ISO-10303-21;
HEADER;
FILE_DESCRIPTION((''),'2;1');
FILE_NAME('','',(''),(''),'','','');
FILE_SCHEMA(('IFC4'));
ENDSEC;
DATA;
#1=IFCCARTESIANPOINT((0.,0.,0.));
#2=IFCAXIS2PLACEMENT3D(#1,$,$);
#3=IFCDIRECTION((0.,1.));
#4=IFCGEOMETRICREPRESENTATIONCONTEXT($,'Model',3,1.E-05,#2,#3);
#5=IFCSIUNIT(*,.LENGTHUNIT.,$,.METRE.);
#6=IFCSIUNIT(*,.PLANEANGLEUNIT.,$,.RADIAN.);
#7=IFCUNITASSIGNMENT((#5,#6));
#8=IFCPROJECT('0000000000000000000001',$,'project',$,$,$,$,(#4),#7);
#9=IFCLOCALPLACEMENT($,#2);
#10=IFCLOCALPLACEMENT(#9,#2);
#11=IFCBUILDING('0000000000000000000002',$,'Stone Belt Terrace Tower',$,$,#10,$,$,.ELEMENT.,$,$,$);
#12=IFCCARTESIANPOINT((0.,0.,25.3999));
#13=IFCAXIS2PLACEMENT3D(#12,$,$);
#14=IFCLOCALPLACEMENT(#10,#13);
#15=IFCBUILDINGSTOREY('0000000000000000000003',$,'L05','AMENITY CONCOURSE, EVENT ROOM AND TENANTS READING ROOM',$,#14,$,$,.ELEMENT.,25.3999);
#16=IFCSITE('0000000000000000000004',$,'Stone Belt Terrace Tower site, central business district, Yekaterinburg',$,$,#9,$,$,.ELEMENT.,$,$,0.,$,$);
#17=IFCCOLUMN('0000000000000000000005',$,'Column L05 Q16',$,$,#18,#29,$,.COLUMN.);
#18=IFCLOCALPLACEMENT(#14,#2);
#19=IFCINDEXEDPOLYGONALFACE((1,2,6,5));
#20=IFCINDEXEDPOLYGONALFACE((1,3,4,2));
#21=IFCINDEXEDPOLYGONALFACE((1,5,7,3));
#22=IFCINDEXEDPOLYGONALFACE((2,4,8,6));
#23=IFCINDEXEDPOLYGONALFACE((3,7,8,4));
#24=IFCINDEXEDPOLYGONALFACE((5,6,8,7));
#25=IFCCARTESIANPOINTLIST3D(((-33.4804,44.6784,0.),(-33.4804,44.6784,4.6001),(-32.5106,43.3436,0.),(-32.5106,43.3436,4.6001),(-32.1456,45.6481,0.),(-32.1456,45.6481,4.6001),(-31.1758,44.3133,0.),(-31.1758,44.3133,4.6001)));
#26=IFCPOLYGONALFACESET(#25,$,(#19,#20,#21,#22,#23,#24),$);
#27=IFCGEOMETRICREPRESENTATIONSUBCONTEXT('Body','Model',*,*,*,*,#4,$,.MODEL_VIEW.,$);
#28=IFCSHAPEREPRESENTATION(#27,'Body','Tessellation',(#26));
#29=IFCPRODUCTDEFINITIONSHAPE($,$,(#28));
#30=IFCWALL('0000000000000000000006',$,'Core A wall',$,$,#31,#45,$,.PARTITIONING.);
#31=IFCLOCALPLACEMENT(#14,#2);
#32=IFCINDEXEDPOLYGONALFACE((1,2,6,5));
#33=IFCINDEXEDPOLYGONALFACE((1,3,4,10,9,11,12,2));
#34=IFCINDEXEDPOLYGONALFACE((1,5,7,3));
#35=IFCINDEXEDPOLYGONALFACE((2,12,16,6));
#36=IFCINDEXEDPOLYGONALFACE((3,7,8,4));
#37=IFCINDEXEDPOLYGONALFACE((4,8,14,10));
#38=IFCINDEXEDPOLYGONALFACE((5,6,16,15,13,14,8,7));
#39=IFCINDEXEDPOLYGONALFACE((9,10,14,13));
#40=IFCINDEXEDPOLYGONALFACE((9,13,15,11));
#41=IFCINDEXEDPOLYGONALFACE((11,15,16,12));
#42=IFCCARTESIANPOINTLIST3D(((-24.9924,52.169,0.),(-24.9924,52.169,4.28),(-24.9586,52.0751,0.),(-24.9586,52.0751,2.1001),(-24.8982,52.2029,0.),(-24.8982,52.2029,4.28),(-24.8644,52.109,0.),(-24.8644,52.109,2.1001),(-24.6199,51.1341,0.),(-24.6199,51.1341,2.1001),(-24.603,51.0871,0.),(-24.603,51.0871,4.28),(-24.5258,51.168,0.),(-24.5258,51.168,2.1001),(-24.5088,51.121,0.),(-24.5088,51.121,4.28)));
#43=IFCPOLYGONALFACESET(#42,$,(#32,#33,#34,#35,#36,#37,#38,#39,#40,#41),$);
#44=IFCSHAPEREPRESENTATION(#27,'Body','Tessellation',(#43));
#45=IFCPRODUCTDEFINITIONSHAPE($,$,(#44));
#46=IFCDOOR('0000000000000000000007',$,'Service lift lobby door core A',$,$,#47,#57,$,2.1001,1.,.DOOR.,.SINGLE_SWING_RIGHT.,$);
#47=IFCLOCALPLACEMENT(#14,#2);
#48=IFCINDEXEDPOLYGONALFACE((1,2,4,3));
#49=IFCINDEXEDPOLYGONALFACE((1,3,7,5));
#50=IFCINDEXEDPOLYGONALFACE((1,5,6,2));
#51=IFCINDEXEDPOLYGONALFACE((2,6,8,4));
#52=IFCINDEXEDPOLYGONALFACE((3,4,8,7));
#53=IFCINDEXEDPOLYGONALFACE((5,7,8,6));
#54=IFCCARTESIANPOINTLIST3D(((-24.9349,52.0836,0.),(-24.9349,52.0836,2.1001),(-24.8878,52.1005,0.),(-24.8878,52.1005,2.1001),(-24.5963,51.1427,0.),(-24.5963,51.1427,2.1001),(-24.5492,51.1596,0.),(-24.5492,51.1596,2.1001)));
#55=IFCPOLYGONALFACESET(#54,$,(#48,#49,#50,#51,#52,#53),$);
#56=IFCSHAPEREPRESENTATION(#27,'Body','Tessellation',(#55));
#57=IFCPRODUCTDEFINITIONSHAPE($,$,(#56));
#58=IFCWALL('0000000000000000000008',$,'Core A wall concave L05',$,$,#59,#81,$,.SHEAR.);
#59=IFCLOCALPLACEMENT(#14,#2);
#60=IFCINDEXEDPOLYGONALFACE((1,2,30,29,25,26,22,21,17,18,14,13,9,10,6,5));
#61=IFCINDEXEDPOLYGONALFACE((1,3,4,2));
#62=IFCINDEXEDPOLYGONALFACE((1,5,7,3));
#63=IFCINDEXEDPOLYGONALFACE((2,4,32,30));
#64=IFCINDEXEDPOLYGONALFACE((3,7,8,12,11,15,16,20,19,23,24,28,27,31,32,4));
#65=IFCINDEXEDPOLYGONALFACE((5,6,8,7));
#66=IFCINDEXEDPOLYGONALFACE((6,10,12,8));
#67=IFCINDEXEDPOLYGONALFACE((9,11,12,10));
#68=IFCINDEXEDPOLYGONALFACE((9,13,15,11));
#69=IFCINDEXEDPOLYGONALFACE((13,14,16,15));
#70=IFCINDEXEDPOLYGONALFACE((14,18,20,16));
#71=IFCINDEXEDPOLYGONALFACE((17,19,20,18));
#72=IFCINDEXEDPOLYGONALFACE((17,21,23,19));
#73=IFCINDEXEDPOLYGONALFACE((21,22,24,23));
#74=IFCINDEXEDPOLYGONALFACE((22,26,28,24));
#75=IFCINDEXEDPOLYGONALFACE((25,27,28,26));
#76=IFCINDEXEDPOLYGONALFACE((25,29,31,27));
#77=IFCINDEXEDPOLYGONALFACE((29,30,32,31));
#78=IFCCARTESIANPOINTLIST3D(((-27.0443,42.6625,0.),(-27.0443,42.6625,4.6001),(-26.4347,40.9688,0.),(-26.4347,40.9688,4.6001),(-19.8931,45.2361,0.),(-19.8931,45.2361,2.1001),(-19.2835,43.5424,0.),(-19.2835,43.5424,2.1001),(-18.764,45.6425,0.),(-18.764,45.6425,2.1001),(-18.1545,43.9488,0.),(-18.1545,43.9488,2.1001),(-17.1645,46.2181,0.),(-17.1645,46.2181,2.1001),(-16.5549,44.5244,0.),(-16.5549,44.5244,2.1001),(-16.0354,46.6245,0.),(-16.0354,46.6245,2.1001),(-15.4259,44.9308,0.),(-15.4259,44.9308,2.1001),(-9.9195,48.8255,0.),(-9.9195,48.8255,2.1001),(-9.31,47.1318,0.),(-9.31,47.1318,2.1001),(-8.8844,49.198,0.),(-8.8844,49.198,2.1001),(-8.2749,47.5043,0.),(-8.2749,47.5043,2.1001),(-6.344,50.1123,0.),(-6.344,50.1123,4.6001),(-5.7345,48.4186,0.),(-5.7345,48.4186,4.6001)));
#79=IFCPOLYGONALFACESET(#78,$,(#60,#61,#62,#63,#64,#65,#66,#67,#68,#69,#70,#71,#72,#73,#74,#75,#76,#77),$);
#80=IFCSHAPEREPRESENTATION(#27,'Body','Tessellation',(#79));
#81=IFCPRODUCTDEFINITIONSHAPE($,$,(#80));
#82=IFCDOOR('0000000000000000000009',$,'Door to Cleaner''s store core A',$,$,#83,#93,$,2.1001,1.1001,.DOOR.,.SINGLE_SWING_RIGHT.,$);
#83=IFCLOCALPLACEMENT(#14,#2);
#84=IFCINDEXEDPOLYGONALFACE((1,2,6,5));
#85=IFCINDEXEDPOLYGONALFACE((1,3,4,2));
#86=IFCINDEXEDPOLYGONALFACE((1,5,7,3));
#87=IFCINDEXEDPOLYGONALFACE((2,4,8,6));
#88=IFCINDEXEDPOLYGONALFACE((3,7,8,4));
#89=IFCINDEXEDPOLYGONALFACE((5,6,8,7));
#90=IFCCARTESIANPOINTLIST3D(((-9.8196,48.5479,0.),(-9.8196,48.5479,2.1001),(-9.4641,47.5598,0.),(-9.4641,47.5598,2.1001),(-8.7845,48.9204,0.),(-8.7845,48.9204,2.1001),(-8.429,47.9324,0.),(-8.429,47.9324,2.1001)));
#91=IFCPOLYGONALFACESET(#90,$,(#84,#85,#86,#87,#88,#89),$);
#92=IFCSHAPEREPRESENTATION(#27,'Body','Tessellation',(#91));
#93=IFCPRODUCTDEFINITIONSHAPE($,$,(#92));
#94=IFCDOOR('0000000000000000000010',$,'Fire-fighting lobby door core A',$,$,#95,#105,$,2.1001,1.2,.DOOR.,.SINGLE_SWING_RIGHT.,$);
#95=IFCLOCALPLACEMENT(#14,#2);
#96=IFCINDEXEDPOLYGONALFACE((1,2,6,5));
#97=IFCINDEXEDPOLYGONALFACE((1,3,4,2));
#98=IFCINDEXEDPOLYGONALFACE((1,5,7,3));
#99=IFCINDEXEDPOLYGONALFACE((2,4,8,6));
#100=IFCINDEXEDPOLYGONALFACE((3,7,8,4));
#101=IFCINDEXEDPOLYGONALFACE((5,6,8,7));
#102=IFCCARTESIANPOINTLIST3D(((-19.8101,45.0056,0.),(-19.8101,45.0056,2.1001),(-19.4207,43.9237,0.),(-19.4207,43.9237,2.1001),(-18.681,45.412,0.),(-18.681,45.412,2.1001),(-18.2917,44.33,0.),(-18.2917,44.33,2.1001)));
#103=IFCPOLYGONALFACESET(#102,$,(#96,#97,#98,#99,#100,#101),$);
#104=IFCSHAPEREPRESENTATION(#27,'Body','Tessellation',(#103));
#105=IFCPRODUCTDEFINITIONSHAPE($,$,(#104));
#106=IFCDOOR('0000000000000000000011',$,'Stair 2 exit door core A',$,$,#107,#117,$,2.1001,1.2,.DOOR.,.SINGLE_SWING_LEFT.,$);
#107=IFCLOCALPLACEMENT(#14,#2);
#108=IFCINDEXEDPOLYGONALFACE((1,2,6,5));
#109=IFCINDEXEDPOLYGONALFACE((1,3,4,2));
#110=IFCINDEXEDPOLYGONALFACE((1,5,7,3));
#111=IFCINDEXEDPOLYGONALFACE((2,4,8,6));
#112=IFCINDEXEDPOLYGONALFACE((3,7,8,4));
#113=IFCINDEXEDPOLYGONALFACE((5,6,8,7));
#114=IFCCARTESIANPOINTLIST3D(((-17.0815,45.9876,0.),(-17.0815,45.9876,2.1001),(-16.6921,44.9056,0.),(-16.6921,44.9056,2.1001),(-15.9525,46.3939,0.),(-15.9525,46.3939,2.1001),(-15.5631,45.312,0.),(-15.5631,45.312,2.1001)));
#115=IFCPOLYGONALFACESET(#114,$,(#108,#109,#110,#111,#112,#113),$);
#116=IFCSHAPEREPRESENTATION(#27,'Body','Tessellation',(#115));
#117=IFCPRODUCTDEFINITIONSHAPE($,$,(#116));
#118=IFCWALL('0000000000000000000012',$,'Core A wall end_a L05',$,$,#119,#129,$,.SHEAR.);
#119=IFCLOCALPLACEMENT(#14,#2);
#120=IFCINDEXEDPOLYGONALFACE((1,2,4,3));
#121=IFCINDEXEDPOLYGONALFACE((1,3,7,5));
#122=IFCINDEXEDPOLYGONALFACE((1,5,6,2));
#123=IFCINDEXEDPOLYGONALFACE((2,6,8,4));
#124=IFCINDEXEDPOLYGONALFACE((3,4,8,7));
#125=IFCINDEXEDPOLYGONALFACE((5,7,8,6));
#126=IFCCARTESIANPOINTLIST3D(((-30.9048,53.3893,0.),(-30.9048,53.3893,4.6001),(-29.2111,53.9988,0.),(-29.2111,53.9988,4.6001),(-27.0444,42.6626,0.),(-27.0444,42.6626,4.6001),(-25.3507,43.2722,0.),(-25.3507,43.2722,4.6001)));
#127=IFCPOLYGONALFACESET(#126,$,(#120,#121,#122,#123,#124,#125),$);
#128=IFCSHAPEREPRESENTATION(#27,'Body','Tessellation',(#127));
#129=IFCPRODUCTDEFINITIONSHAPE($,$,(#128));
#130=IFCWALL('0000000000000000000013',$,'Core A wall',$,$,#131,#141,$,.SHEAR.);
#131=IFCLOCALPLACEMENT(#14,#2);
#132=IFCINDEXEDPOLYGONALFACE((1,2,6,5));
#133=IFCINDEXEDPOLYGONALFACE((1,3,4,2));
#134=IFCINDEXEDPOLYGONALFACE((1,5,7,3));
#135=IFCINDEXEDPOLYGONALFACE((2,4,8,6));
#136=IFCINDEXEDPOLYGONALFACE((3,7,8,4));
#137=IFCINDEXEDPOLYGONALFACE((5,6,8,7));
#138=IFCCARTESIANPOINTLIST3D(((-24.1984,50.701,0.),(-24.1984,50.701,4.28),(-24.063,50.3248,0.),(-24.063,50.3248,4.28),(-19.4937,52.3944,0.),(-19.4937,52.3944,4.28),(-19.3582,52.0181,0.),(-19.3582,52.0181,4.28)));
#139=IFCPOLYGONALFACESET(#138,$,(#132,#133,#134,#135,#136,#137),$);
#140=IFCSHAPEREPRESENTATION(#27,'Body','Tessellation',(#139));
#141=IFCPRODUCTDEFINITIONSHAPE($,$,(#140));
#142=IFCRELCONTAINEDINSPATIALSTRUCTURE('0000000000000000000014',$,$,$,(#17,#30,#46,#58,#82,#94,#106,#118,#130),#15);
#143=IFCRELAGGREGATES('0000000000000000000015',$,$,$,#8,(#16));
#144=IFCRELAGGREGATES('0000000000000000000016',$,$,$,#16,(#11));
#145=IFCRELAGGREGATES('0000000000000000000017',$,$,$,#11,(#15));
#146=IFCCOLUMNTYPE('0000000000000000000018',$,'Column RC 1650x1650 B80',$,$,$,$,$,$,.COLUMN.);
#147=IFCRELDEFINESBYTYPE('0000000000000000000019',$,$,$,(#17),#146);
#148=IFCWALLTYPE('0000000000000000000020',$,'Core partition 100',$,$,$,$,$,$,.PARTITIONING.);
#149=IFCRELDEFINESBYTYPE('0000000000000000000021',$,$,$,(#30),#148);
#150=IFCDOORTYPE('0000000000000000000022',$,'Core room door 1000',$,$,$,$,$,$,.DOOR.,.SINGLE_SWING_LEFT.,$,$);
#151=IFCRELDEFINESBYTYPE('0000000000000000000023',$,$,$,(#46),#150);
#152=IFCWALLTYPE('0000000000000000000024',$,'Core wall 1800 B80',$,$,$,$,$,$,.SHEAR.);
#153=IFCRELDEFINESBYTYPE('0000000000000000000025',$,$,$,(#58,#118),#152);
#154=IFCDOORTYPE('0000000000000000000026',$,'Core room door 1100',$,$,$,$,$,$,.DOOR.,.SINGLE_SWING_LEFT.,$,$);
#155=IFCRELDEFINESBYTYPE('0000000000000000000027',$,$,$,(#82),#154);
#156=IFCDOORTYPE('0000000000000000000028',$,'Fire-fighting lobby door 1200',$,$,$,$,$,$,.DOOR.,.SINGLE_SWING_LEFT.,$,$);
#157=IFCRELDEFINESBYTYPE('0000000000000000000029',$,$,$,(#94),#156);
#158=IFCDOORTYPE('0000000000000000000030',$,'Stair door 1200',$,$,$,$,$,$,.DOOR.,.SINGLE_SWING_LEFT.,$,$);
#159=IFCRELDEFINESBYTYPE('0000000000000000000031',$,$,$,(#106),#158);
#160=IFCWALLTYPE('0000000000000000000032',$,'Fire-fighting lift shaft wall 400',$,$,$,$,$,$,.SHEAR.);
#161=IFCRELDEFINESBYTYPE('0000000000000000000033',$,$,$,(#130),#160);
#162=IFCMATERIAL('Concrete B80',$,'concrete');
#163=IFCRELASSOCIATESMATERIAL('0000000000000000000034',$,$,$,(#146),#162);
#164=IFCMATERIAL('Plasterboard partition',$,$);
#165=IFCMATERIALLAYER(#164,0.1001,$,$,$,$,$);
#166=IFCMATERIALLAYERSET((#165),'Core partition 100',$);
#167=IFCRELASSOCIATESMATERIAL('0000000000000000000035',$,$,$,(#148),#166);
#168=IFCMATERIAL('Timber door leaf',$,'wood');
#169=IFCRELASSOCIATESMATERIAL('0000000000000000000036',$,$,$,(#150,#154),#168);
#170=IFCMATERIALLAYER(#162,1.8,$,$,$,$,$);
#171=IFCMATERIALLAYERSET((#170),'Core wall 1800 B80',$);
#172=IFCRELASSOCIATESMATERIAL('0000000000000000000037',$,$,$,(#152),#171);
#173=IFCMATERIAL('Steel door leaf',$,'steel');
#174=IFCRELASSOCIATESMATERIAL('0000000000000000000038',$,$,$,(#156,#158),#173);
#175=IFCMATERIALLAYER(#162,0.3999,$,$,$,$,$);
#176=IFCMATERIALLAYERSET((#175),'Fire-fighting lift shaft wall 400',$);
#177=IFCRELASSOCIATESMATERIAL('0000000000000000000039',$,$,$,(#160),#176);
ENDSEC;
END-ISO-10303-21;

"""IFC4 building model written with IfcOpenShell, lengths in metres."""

from ifc_helpers import new_model, si_unit, direction, frame, frame_2d, origin, origin_2d, place, context, subcontext, project, spatial, rectangle, extrude, material, layer, layer_set, material_profile, profile_set, type_object, element, fill, save


model = new_model("IFC4")

# Units and contexts
model_context = context("Model", 3, precision=1e-05, world=origin(), true_north=direction((0.0, 1.0)))
body_context = subcontext(model_context, "Body", "Model", "MODEL_VIEW")
ifc_project = project(units=[si_unit("LENGTHUNIT", "METRE"), si_unit("PLANEANGLEUNIT", "RADIAN")], contexts=[model_context])

# Site, building, storey
site_placement = place(None, origin())
site = spatial("IfcSite", under=ifc_project, at=site_placement, Name="Stone Belt Terrace Tower site, central business district, Yekaterinburg", CompositionType="ELEMENT", RefElevation=0.0)
building_placement = place(site_placement, origin())
building = spatial("IfcBuilding", under=site, at=building_placement, Name="Stone Belt Terrace Tower", CompositionType="ELEMENT")
storey_placement = place(building_placement, frame((0.0, 0.0, 25.3999)))
storey = spatial("IfcBuildingStorey", under=building, at=storey_placement, Name="L05", Description="AMENITY CONCOURSE, EVENT ROOM AND TENANTS READING ROOM", CompositionType="ELEMENT", Elevation=25.3999)

# Column
ifc_material_1 = material(Name="Concrete B80", Category="concrete")
ifc_material_profile = material_profile(ifc_material_1, rectangle(XDim=1.6499, YDim=1.6499, at=origin_2d()), Name="RC 1650x1650")
ifc_profile_set = profile_set([ifc_material_profile], Name="Concrete B80")
column_type = type_object("IfcColumnType", Name="Column RC 1650x1650 B80", PredefinedType="COLUMN", material=ifc_profile_set)
column_placement = place(storey_placement, frame((-32.3281, 44.4958, 0.0), z_axis=(0.0, 0.0, 1.0), x_axis=(0.809017, 0.587785, 0.0)))
element("IfcColumn", 1, at=column_placement, inside=storey, type_object=column_type, Name="Column L05 Q16", PredefinedType="COLUMN", context=body_context, shape_type="SweptSolid", body=[
    extrude(rectangle(XDim=1.6499, YDim=1.6499, at=origin_2d()), origin(), (0.0, 0.0, 1.0), 4.6001),
])

# Wall, opening, door
ifc_material_2 = material(Name="Plasterboard partition")
ifc_layer_1 = layer(ifc_material_2, 0.1001)
ifc_layer_set_1 = layer_set([ifc_layer_1], Name="Core partition 100")
wall_type_1 = type_object("IfcWallType", Name="Core partition 100", PredefinedType="PARTITIONING", material=ifc_layer_set_1)
wall_1_placement = place(storey_placement, frame((-24.5559, 51.104, 0.0), z_axis=(0.0, 0.0, 1.0), x_axis=(-0.338622, 0.940923, 0.0)))
wall_1 = element("IfcWall", 2, at=wall_1_placement, inside=storey, type_object=wall_type_1, Name="Core A wall", PredefinedType="PARTITIONING", context=body_context, shape_type="SweptSolid", body=[
    extrude(rectangle(XDim=1.1499, YDim=0.1001, at=frame_2d((0.575, 0.0))), origin(), (0.0, 0.0, 1.0), 4.28),
])
opening_1_placement = place(wall_1_placement, frame((0.05, 0.0, 0.0)))
opening_1 = element("IfcOpeningElement", 3, at=opening_1_placement, cuts=wall_1, PredefinedType="OPENING", context=body_context, shape_type="SweptSolid", body=[
    extrude(rectangle(XDim=1.0, YDim=2.1001, at=frame_2d((0.5, 1.05))), frame((0.0, 0.0601, 0.0), z_axis=(0.0, -1.0, 0.0), x_axis=(1.0, 0.0, 0.0)), (0.0, 0.0, 1.0), 0.1201),
])
ifc_material_3 = material(Name="Timber door leaf", Category="wood")
door_type_1 = type_object("IfcDoorType", Name="Core room door 1000", OperationType="SINGLE_SWING_LEFT", PredefinedType="DOOR", material=ifc_material_3)
door_1_placement = place(opening_1_placement, origin())
door_1 = element("IfcDoor", 4, at=door_1_placement, inside=storey, type_object=door_type_1, Name="Service lift lobby door core A", OperationType="SINGLE_SWING_RIGHT", OverallHeight=2.1001, OverallWidth=1.0, PredefinedType="DOOR", context=body_context, shape_type="SweptSolid", body=[
    extrude(rectangle(XDim=1.0, YDim=2.1001, at=frame_2d((0.5, 1.05))), frame((0.0, 0.0249, 0.0), z_axis=(0.0, -1.0, 0.0), x_axis=(1.0, 0.0, 0.0)), (0.0, 0.0, 1.0), 0.05),
])
fill(opening_1, door_1)

# Wall, openings, doors
ifc_layer_2 = layer(ifc_material_1, 1.8)
ifc_layer_set_2 = layer_set([ifc_layer_2], Name="Core wall 1800 B80")
wall_type_2 = type_object("IfcWallType", Name="Core wall 1800 B80", PredefinedType="SHEAR", material=ifc_layer_set_2)
wall_2_placement = place(storey_placement, frame((-26.7395, 41.8157, 0.0), z_axis=(0.0, 0.0, 1.0), x_axis=(0.940922, 0.338624, 0.0)))
wall_2 = element("IfcWall", 5, at=wall_2_placement, inside=storey, type_object=wall_type_2, Name="Core A wall concave L05", PredefinedType="SHEAR", context=body_context, shape_type="SweptSolid", body=[
    extrude(rectangle(XDim=22.0, YDim=1.8, at=frame_2d((11.0, 0.0))), origin(), (0.0, 0.0, 1.0), 4.6001),
])
opening_2_placement = place(wall_2_placement, frame((7.6001, 0.0, 0.0)))
opening_2 = element("IfcOpeningElement", 6, at=opening_2_placement, cuts=wall_2, PredefinedType="OPENING", context=body_context, shape_type="SweptSolid", body=[
    extrude(rectangle(XDim=1.2, YDim=2.1001, at=frame_2d((0.6001, 1.05))), frame((0.0, 0.9099, 0.0), z_axis=(0.0, -1.0, 0.0), x_axis=(1.0, 0.0, 0.0)), (0.0, 0.0, 1.0), 1.8201),
])
opening_3_placement = place(wall_2_placement, frame((10.5, 0.0, 0.0)))
opening_3 = element("IfcOpeningElement", 7, at=opening_3_placement, cuts=wall_2, PredefinedType="OPENING", context=body_context, shape_type="SweptSolid", body=[
    extrude(rectangle(XDim=1.2, YDim=2.1001, at=frame_2d((0.6001, 1.05))), frame((0.0, 0.9099, 0.0), z_axis=(0.0, -1.0, 0.0), x_axis=(1.0, 0.0, 0.0)), (0.0, 0.0, 1.0), 1.8201),
])
opening_4_placement = place(wall_2_placement, frame((18.2, 0.0, 0.0)))
opening_4 = element("IfcOpeningElement", 8, at=opening_4_placement, cuts=wall_2, PredefinedType="OPENING", context=body_context, shape_type="SweptSolid", body=[
    extrude(rectangle(XDim=1.1001, YDim=2.1001, at=frame_2d((0.55, 1.05))), frame((0.0, 0.9099, 0.0), z_axis=(0.0, -1.0, 0.0), x_axis=(1.0, 0.0, 0.0)), (0.0, 0.0, 1.0), 1.8201),
])
door_type_2 = type_object("IfcDoorType", Name="Core room door 1100", OperationType="SINGLE_SWING_LEFT", PredefinedType="DOOR", material=ifc_material_3)
door_2_placement = place(opening_4_placement, origin())
door_2 = element("IfcDoor", 9, at=door_2_placement, inside=storey, type_object=door_type_2, Name="Door to Cleaner's store core A", OperationType="SINGLE_SWING_RIGHT", OverallHeight=2.1001, OverallWidth=1.1001, PredefinedType="DOOR", context=body_context, shape_type="SweptSolid", body=[
    extrude(rectangle(XDim=1.1001, YDim=2.1001, at=frame_2d((0.55, 1.05))), frame((0.0, 0.605, 0.0), z_axis=(0.0, -1.0, 0.0), x_axis=(1.0, 0.0, 0.0)), (0.0, 0.0, 1.0), 1.05),
])
fill(opening_4, door_2)
ifc_material_4 = material(Name="Steel door leaf", Category="steel")
door_type_3 = type_object("IfcDoorType", Name="Fire-fighting lobby door 1200", OperationType="SINGLE_SWING_LEFT", PredefinedType="DOOR", material=ifc_material_4)
door_3_placement = place(opening_2_placement, origin())
door_3 = element("IfcDoor", 10, at=door_3_placement, inside=storey, type_object=door_type_3, Name="Fire-fighting lobby door core A", OperationType="SINGLE_SWING_RIGHT", OverallHeight=2.1001, OverallWidth=1.2, PredefinedType="DOOR", context=body_context, shape_type="SweptSolid", body=[
    extrude(rectangle(XDim=1.2, YDim=2.1001, at=frame_2d((0.6001, 1.05))), frame((0.0, 0.655, 0.0), z_axis=(0.0, -1.0, 0.0), x_axis=(1.0, 0.0, 0.0)), (0.0, 0.0, 1.0), 1.1499),
])
fill(opening_2, door_3)
door_type_4 = type_object("IfcDoorType", Name="Stair door 1200", OperationType="SINGLE_SWING_LEFT", PredefinedType="DOOR", material=ifc_material_4)
door_4_placement = place(opening_3_placement, origin())
door_4 = element("IfcDoor", 11, at=door_4_placement, inside=storey, type_object=door_type_4, Name="Stair 2 exit door core A", OperationType="SINGLE_SWING_LEFT", OverallHeight=2.1001, OverallWidth=1.2, PredefinedType="DOOR", context=body_context, shape_type="SweptSolid", body=[
    extrude(rectangle(XDim=1.2, YDim=2.1001, at=frame_2d((0.6001, 1.05))), frame((0.0, 0.655, 0.0), z_axis=(0.0, -1.0, 0.0), x_axis=(1.0, 0.0, 0.0)), (0.0, 0.0, 1.0), 1.1499),
])
fill(opening_3, door_4)

# Walls
wall_3_placement = place(storey_placement, frame((-26.1975, 42.9673, 0.0), z_axis=(0.0, 0.0, 1.0), x_axis=(-0.338625, 0.940921, 0.0)))
element("IfcWall", 12, at=wall_3_placement, inside=storey, type_object=wall_type_2, Name="Core A wall end_a L05", PredefinedType="SHEAR", context=body_context, shape_type="SweptSolid", body=[
    extrude(rectangle(XDim=11.4001, YDim=1.8, at=frame_2d((5.7002, 0.0))), origin(), (0.0, 0.0, 1.0), 4.6001),
])
ifc_layer_3 = layer(ifc_material_1, 0.3999)
ifc_layer_set_3 = layer_set([ifc_layer_3], Name="Fire-fighting lift shaft wall 400")
wall_type_3 = type_object("IfcWallType", Name="Fire-fighting lift shaft wall 400", PredefinedType="SHEAR", material=ifc_layer_set_3)
wall_4_placement = place(storey_placement, frame((-24.1306, 50.5129, 0.0), z_axis=(0.0, 0.0, 1.0), x_axis=(0.940912, 0.338652, 0.0)))
element("IfcWall", 13, at=wall_4_placement, inside=storey, type_object=wall_type_3, Name="Core A wall", PredefinedType="SHEAR", context=body_context, shape_type="SweptSolid", body=[
    extrude(rectangle(XDim=5.0002, YDim=0.3999, at=frame_2d((2.5, 0.0))), origin(), (0.0, 0.0, 1.0), 4.28),
])

save(model, "model.ifc")
